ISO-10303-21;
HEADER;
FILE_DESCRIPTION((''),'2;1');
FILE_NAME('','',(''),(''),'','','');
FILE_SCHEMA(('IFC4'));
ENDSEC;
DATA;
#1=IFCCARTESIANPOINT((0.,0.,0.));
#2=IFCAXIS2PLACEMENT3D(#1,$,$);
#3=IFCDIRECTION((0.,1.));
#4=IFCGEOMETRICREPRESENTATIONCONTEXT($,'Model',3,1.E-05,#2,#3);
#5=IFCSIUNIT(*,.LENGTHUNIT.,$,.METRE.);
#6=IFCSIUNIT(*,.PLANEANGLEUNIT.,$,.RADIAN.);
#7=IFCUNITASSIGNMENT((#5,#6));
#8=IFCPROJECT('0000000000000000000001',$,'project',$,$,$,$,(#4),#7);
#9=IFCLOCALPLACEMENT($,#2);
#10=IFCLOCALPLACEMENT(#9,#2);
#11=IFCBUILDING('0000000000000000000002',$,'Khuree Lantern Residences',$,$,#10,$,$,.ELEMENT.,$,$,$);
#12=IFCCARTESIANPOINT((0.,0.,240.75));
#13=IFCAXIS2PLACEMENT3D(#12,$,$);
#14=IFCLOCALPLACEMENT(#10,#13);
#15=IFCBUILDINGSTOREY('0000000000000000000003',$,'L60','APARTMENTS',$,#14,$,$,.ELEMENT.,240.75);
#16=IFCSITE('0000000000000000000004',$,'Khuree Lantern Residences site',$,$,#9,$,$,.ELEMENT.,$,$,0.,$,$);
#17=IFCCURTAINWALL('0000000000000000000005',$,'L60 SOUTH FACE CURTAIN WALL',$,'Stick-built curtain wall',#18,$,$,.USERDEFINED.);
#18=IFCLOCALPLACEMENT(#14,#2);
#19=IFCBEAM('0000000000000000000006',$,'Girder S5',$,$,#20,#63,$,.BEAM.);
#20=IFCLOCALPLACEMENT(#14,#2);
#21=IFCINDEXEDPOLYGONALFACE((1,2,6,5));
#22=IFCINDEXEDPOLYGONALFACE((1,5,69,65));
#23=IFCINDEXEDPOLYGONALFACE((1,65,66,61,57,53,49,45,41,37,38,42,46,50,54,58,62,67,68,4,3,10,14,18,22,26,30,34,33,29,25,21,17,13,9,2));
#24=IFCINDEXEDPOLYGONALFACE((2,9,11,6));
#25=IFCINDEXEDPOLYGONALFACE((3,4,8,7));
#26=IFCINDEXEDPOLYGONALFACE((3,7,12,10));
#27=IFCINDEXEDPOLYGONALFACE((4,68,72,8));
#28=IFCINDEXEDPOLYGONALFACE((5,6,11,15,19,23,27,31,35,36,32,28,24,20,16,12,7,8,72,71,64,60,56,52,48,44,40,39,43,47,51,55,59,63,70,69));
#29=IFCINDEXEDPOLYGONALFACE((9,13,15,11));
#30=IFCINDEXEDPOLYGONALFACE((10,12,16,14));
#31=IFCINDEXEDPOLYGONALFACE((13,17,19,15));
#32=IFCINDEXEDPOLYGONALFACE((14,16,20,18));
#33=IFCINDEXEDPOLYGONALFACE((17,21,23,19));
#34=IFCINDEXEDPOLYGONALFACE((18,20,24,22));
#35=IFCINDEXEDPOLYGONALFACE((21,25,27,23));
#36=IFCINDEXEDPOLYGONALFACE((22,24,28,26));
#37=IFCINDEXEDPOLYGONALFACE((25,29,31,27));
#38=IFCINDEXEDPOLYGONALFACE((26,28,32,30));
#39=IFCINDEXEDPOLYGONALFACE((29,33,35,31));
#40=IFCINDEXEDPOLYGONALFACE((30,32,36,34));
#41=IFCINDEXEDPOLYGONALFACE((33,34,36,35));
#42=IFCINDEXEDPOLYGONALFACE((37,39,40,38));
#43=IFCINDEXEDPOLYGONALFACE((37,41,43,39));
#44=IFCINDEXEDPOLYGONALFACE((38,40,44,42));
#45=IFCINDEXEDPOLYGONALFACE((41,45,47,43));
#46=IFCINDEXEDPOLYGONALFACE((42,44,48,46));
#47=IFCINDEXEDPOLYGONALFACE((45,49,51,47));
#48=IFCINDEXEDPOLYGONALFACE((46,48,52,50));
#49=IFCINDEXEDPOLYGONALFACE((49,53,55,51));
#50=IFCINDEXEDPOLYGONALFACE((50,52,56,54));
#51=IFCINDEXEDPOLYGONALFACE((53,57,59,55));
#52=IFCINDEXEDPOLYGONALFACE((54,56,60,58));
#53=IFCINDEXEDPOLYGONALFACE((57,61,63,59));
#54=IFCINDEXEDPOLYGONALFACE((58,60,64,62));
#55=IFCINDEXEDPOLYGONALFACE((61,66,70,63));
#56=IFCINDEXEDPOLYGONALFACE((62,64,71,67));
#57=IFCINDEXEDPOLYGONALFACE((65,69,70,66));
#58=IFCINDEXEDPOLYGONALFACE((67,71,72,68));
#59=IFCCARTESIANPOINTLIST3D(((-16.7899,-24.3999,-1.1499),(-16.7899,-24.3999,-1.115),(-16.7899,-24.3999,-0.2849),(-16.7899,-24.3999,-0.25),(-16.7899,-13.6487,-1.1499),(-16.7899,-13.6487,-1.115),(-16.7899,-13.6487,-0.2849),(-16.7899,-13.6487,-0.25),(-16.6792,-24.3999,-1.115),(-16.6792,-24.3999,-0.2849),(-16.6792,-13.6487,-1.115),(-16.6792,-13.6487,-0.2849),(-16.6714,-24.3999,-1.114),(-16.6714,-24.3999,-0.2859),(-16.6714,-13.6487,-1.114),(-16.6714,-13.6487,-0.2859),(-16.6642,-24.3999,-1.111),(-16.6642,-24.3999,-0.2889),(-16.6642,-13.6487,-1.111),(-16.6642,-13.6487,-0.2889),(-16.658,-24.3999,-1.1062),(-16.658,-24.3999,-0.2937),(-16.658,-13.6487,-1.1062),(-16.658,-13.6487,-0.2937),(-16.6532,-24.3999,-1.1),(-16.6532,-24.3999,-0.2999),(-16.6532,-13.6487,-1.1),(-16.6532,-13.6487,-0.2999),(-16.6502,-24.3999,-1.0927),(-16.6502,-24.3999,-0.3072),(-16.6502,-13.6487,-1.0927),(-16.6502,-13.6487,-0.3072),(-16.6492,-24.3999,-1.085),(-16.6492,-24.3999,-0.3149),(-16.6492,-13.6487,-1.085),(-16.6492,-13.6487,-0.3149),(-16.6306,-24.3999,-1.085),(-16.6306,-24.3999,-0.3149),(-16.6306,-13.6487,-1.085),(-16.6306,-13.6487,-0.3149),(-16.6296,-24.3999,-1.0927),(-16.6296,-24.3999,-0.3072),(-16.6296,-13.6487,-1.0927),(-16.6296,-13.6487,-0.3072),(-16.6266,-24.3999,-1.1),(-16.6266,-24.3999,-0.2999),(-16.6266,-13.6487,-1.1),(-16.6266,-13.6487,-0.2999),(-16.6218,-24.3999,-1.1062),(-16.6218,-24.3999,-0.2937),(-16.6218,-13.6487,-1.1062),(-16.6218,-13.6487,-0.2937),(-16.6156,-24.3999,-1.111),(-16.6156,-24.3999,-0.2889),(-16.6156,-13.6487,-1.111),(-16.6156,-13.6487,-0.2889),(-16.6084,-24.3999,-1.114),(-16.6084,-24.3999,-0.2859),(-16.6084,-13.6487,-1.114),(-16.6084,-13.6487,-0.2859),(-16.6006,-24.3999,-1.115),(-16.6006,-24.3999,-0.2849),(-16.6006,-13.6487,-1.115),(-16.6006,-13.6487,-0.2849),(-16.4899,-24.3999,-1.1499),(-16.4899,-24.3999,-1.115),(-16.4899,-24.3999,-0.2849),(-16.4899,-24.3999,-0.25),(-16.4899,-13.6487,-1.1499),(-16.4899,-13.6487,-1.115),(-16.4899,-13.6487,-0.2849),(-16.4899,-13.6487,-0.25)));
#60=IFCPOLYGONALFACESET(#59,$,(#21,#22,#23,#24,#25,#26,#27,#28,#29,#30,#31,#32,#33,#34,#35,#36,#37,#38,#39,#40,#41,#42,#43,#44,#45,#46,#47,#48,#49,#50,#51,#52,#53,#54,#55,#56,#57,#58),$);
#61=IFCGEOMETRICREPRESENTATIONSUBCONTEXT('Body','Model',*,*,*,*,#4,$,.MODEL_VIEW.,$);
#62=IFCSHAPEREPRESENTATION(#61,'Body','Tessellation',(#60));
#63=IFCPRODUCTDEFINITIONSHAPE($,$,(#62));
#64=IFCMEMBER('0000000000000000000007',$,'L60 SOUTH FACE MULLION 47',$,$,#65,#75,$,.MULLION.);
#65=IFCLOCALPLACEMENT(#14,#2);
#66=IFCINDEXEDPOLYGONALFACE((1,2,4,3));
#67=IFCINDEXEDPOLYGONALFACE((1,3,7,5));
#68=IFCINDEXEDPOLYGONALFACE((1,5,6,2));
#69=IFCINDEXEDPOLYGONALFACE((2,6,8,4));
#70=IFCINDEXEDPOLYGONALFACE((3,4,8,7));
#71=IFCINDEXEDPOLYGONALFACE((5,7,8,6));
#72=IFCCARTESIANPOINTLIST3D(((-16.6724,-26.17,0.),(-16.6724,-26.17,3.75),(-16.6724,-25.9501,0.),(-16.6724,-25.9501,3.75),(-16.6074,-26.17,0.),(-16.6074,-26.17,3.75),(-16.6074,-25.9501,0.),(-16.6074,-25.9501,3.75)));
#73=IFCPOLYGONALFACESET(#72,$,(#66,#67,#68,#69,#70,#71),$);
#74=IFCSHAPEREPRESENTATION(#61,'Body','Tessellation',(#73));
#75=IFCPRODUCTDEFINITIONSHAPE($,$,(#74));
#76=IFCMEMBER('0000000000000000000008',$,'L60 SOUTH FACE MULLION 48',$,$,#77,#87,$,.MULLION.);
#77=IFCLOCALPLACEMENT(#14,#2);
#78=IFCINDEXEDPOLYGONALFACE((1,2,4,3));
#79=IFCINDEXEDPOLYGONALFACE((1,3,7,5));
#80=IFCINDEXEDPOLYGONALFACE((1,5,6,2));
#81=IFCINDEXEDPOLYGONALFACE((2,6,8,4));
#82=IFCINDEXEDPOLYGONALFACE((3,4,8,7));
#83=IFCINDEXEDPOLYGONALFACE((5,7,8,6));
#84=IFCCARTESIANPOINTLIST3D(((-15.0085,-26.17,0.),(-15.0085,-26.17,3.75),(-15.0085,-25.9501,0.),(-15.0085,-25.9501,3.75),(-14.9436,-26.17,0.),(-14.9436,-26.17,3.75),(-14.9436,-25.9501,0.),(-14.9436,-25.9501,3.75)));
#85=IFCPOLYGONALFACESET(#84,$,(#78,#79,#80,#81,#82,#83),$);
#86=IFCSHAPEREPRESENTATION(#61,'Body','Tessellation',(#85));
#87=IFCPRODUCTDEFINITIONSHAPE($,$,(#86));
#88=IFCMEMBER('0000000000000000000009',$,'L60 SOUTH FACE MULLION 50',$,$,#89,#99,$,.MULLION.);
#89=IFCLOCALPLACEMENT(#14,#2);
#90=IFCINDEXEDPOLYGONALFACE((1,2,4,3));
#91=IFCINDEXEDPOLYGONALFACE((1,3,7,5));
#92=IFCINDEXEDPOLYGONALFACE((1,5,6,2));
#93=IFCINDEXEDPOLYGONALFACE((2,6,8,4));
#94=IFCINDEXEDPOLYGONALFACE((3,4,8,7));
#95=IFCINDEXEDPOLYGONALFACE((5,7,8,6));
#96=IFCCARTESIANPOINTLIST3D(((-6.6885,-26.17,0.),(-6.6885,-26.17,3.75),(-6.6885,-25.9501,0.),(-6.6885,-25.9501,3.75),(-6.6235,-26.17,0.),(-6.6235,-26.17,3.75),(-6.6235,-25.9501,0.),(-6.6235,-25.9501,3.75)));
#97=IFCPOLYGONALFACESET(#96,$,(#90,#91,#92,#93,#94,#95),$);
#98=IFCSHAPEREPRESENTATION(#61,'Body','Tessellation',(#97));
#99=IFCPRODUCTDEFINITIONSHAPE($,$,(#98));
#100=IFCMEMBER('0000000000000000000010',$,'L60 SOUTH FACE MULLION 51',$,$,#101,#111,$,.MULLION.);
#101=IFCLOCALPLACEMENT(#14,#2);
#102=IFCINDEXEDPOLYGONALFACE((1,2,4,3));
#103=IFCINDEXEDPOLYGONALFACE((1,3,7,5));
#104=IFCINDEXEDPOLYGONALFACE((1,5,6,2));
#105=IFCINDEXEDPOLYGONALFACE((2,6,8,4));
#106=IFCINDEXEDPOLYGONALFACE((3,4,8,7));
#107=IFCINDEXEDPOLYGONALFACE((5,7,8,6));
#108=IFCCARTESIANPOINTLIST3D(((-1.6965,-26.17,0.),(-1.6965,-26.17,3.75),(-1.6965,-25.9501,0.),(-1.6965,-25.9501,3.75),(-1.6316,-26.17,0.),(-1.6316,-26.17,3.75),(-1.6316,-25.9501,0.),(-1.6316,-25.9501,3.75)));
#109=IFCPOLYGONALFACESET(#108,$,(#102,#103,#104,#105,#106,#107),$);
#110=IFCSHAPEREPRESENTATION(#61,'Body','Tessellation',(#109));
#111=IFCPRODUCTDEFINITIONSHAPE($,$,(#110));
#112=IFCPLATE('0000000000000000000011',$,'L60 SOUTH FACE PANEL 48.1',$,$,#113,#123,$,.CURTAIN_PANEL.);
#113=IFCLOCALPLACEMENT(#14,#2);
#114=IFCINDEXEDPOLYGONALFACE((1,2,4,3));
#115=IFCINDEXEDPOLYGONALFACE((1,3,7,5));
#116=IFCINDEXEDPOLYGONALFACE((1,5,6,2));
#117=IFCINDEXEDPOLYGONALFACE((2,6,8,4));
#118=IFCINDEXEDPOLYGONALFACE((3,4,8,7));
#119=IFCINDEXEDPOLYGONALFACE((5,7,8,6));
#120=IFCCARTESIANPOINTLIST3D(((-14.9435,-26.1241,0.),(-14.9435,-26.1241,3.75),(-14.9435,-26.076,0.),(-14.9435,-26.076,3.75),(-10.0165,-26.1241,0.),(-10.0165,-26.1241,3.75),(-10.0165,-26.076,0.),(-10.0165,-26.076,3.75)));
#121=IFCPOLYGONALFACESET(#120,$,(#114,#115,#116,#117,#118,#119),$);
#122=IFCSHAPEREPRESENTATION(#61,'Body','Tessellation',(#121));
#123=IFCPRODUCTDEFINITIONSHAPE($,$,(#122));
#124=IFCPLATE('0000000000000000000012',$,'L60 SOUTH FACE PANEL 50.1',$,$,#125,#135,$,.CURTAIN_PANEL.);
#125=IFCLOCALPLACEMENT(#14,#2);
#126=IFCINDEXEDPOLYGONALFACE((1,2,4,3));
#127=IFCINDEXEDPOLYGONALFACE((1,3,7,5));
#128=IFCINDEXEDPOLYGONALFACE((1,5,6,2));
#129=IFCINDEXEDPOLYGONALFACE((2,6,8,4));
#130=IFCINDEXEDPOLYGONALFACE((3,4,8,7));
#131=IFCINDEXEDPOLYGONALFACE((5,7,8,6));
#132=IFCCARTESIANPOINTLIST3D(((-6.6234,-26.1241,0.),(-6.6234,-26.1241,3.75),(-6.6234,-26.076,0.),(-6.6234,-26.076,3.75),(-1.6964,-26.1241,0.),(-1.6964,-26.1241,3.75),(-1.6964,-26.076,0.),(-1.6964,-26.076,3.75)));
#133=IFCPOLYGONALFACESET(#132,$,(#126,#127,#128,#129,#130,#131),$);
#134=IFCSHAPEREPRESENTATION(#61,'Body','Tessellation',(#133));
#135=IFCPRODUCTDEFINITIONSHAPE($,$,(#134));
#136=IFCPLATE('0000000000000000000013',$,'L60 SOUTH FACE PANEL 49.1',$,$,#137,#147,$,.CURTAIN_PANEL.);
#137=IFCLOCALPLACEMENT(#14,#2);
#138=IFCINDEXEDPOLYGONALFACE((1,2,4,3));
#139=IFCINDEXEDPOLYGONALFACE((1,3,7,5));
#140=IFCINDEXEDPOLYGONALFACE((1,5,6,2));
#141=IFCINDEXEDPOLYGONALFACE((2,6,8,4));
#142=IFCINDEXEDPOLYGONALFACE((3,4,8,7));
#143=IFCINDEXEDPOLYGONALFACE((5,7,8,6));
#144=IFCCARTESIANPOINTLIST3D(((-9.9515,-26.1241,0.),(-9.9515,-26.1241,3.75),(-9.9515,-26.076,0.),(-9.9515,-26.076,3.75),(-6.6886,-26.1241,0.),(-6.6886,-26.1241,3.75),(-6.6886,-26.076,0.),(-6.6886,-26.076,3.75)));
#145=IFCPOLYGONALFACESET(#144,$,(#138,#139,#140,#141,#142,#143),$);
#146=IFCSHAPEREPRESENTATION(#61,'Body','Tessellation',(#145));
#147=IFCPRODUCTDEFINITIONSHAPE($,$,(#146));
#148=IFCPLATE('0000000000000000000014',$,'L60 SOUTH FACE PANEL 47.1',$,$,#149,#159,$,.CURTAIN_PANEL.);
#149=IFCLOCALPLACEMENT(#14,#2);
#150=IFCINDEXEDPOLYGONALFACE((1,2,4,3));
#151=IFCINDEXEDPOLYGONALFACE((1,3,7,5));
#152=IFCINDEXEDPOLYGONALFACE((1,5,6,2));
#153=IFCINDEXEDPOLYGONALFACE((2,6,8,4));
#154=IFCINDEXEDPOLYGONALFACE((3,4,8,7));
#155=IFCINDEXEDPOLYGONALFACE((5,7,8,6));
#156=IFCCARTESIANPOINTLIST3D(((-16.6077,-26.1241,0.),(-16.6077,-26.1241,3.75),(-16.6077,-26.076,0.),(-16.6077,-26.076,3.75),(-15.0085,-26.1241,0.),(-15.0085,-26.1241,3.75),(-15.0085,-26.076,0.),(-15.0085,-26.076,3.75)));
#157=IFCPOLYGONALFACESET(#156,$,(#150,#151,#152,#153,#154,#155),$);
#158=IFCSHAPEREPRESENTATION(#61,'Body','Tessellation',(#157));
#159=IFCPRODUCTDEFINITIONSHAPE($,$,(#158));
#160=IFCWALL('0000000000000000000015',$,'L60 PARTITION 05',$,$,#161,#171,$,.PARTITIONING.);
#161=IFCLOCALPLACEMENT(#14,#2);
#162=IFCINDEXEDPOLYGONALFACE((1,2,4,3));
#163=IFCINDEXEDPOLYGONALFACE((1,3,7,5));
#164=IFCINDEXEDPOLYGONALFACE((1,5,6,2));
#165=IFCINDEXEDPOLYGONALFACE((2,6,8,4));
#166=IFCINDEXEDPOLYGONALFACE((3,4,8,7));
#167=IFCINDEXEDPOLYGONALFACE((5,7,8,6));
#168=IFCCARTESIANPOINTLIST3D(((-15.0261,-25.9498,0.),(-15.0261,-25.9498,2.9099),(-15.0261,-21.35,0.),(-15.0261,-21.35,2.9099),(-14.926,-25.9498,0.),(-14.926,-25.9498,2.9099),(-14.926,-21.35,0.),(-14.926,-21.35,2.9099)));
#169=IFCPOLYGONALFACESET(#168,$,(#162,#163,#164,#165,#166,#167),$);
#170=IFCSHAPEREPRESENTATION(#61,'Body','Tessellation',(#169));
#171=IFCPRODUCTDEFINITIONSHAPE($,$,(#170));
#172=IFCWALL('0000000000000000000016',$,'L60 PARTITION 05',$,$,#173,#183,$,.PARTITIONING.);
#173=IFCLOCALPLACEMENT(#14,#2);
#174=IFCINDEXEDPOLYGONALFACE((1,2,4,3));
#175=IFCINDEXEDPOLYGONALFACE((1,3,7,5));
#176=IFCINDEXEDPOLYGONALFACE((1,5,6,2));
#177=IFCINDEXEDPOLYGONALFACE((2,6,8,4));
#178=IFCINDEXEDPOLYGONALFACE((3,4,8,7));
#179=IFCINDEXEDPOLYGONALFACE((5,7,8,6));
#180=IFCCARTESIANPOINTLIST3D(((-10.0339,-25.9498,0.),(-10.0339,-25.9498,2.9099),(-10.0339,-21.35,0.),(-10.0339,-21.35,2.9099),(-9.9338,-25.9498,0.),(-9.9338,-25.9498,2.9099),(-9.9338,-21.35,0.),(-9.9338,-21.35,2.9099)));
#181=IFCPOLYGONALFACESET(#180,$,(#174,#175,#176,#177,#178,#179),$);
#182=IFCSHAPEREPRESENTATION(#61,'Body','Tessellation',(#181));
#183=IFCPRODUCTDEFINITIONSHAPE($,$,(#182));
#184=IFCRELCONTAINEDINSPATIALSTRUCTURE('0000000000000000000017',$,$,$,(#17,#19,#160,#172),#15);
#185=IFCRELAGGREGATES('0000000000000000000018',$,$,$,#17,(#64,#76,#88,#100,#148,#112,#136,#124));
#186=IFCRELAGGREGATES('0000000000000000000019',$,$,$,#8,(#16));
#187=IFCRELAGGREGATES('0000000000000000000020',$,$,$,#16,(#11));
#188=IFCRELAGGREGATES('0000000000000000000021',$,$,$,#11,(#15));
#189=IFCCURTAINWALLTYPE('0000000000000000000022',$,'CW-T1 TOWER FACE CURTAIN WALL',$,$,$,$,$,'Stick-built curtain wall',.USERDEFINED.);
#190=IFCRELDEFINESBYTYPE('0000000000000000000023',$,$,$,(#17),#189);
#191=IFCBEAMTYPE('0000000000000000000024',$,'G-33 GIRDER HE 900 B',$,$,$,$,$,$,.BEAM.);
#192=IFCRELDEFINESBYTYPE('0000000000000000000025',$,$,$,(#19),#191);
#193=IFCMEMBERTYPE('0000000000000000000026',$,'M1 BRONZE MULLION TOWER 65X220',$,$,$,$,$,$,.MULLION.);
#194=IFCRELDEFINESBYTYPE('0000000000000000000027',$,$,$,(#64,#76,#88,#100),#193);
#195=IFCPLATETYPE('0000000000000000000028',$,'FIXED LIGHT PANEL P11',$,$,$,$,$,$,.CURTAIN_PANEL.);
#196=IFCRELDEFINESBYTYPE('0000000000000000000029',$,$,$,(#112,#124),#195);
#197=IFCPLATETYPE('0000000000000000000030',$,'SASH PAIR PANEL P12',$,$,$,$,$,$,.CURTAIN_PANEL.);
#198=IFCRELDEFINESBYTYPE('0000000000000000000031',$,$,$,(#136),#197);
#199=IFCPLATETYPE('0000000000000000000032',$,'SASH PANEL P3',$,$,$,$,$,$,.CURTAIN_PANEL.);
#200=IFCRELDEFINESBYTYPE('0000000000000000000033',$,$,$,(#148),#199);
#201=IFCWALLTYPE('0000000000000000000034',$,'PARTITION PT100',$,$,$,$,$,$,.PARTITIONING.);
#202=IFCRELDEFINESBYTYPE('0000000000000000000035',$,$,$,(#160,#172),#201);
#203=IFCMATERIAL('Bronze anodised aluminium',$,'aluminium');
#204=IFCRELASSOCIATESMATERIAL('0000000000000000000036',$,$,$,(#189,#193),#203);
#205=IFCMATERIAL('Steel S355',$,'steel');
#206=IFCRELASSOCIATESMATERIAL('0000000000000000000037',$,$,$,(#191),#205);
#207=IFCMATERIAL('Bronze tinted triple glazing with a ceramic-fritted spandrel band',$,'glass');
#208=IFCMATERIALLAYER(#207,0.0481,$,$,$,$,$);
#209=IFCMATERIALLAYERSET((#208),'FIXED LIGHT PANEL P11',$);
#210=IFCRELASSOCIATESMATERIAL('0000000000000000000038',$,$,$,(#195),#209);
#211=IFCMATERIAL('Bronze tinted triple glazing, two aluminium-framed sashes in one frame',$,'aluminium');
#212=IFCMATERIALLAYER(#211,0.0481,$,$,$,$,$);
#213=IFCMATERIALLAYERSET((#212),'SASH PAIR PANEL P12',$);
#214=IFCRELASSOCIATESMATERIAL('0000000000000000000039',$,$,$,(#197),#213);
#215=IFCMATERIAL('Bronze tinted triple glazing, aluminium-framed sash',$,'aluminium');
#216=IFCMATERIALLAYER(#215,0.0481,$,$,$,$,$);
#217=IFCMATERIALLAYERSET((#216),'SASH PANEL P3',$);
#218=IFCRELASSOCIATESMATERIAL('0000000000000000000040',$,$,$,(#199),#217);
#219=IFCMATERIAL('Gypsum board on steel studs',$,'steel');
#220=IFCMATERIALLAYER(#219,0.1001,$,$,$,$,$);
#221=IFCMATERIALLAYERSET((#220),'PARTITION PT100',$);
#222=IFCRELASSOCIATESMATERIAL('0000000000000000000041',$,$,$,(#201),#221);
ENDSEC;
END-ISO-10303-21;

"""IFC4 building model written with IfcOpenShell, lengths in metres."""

from ifc_helpers import new_model, si_unit, direction, frame, frame_2d, origin, origin_2d, place, context, subcontext, project, spatial, rectangle, i_section, extrude, material, layer, layer_set, material_profile, profile_set, type_object, element, aggregate, save


model = new_model("IFC4")

# Units and contexts
model_context = context("Model", 3, precision=1e-05, world=origin(), true_north=direction((0.0, 1.0)))
body_context = subcontext(model_context, "Body", "Model", "MODEL_VIEW")
ifc_project = project(units=[si_unit("LENGTHUNIT", "METRE"), si_unit("PLANEANGLEUNIT", "RADIAN")], contexts=[model_context])

# Site, building, storey
site_placement = place(None, origin())
site = spatial("IfcSite", under=ifc_project, at=site_placement, Name="Khuree Lantern Residences site", CompositionType="ELEMENT", RefElevation=0.0)
building_placement = place(site_placement, origin())
building = spatial("IfcBuilding", under=site, at=building_placement, Name="Khuree Lantern Residences", CompositionType="ELEMENT")
storey_placement = place(building_placement, frame((0.0, 0.0, 240.75)))
storey = spatial("IfcBuildingStorey", under=building, at=storey_placement, Name="L60", Description="APARTMENTS", CompositionType="ELEMENT", Elevation=240.75)

# Shared definitions
ifc_material_1 = material(Name="Steel S355", Category="steel")

# Curtain wall
ifc_material_2 = material(Name="Bronze anodised aluminium", Category="aluminium")
curtain_wall_type = type_object("IfcCurtainWallType", Name="CW-T1 TOWER FACE CURTAIN WALL", ElementType="Stick-built curtain wall", PredefinedType="USERDEFINED", material=ifc_material_2)
curtain_wall_placement = place(storey_placement, origin())
curtain_wall = element("IfcCurtainWall", 1, at=curtain_wall_placement, inside=storey, type_object=curtain_wall_type, Name="L60 SOUTH FACE CURTAIN WALL", ObjectType="Stick-built curtain wall", PredefinedType="USERDEFINED")

# Beam
ifc_material_profile_1 = material_profile(ifc_material_1, i_section(OverallWidth=0.3, OverallDepth=0.8999, WebThickness=0.0186, FlangeThickness=0.0349, FilletRadius=0.03, at=origin_2d()), Name="HE 900 B")
ifc_profile_set_1 = profile_set([ifc_material_profile_1], Name="Steel S355")
beam_type_1 = type_object("IfcBeamType", Name="G-33 GIRDER HE 900 B", PredefinedType="BEAM", material=ifc_profile_set_1)
beam_1_placement = place(storey_placement, frame((-16.6399, -24.3999, -0.7), z_axis=(0.0, 1.0, 0.0), x_axis=(-1.0, 0.0, 0.0)))
element("IfcBeam", 2, at=beam_1_placement, inside=storey, type_object=beam_type_1, Name="Girder S5", PredefinedType="BEAM", context=body_context, shape_type="SweptSolid", body=[
    extrude(i_section(OverallWidth=0.3, OverallDepth=0.8999, WebThickness=0.0186, FlangeThickness=0.0349, FilletRadius=0.03, at=origin_2d()), origin(), (0.0, 0.0, 1.0), 10.7512),
])

# Members
ifc_material_profile_2 = material_profile(ifc_material_2, rectangle(XDim=0.0649, YDim=0.22, at=origin_2d()), Name="M1 65X220")
ifc_profile_set_2 = profile_set([ifc_material_profile_2], Name="Bronze anodised aluminium")
member_type_1 = type_object("IfcMemberType", Name="M1 BRONZE MULLION TOWER 65X220", PredefinedType="MULLION", material=ifc_profile_set_2)
member_1_placement = place(storey_placement, frame((-16.6399, -26.0601, 0.0), z_axis=(0.0, 0.0, 1.0), x_axis=(1.0, 0.0, 0.0)))
member_1 = element("IfcMember", 3, at=member_1_placement, type_object=member_type_1, Name="L60 SOUTH FACE MULLION 47", PredefinedType="MULLION", context=body_context, shape_type="SweptSolid", body=[
    extrude(rectangle(XDim=0.0649, YDim=0.22, at=origin_2d()), origin(), (0.0, 0.0, 1.0), 3.75),
])
member_2_placement = place(storey_placement, frame((-14.9761, -26.0601, 0.0), z_axis=(0.0, 0.0, 1.0), x_axis=(1.0, 0.0, 0.0)))
member_2 = element("IfcMember", 4, at=member_2_placement, type_object=member_type_1, Name="L60 SOUTH FACE MULLION 48", PredefinedType="MULLION", context=body_context, shape_type="SweptSolid", body=[
    extrude(rectangle(XDim=0.0649, YDim=0.22, at=origin_2d()), origin(), (0.0, 0.0, 1.0), 3.75),
])
member_3_placement = place(storey_placement, frame((-6.656, -26.0601, 0.0), z_axis=(0.0, 0.0, 1.0), x_axis=(1.0, 0.0, 0.0)))
member_3 = element("IfcMember", 5, at=member_3_placement, type_object=member_type_1, Name="L60 SOUTH FACE MULLION 50", PredefinedType="MULLION", context=body_context, shape_type="SweptSolid", body=[
    extrude(rectangle(XDim=0.0649, YDim=0.22, at=origin_2d()), origin(), (0.0, 0.0, 1.0), 3.75),
])
member_4_placement = place(storey_placement, frame((-1.6641, -26.0601, 0.0), z_axis=(0.0, 0.0, 1.0), x_axis=(1.0, 0.0, 0.0)))
member_4 = element("IfcMember", 6, at=member_4_placement, type_object=member_type_1, Name="L60 SOUTH FACE MULLION 51", PredefinedType="MULLION", context=body_context, shape_type="SweptSolid", body=[
    extrude(rectangle(XDim=0.0649, YDim=0.22, at=origin_2d()), origin(), (0.0, 0.0, 1.0), 3.75),
])

# Plates
ifc_material_3 = material(Name="Bronze tinted triple glazing with a ceramic-fritted spandrel band", Category="glass")
ifc_layer_1 = layer(ifc_material_3, 0.0481)
ifc_layer_set_1 = layer_set([ifc_layer_1], Name="FIXED LIGHT PANEL P11")
plate_type_1 = type_object("IfcPlateType", Name="FIXED LIGHT PANEL P11", PredefinedType="CURTAIN_PANEL", material=ifc_layer_set_1)
plate_1_placement = place(storey_placement, frame((-12.48, -26.1001, 0.0), z_axis=(0.0, 0.0, 1.0), x_axis=(1.0, 0.0, 0.0)))
plate_1 = element("IfcPlate", 7, at=plate_1_placement, type_object=plate_type_1, Name="L60 SOUTH FACE PANEL 48.1", PredefinedType="CURTAIN_PANEL", context=body_context, shape_type="SweptSolid", body=[
    extrude(rectangle(XDim=4.927, YDim=0.0481, at=origin_2d()), origin(), (0.0, 0.0, 1.0), 3.75),
])
plate_2_placement = place(storey_placement, frame((-4.1599, -26.1001, 0.0), z_axis=(0.0, 0.0, 1.0), x_axis=(1.0, 0.0, 0.0)))
plate_2 = element("IfcPlate", 8, at=plate_2_placement, type_object=plate_type_1, Name="L60 SOUTH FACE PANEL 50.1", PredefinedType="CURTAIN_PANEL", context=body_context, shape_type="SweptSolid", body=[
    extrude(rectangle(XDim=4.927, YDim=0.0481, at=origin_2d()), origin(), (0.0, 0.0, 1.0), 3.75),
])
ifc_material_4 = material(Name="Bronze tinted triple glazing, two aluminium-framed sashes in one frame", Category="aluminium")
ifc_layer_2 = layer(ifc_material_4, 0.0481)
ifc_layer_set_2 = layer_set([ifc_layer_2], Name="SASH PAIR PANEL P12")
plate_type_2 = type_object("IfcPlateType", Name="SASH PAIR PANEL P12", PredefinedType="CURTAIN_PANEL", material=ifc_layer_set_2)
plate_3_placement = place(storey_placement, frame((-8.3201, -26.1001, 0.0), z_axis=(0.0, 0.0, 1.0), x_axis=(1.0, 0.0, 0.0)))
plate_3 = element("IfcPlate", 9, at=plate_3_placement, type_object=plate_type_2, Name="L60 SOUTH FACE PANEL 49.1", PredefinedType="CURTAIN_PANEL", context=body_context, shape_type="SweptSolid", body=[
    extrude(rectangle(XDim=3.2629, YDim=0.0481, at=origin_2d()), origin(), (0.0, 0.0, 1.0), 3.75),
])
ifc_material_5 = material(Name="Bronze tinted triple glazing, aluminium-framed sash", Category="aluminium")
ifc_layer_3 = layer(ifc_material_5, 0.0481)
ifc_layer_set_3 = layer_set([ifc_layer_3], Name="SASH PANEL P3")
plate_type_3 = type_object("IfcPlateType", Name="SASH PANEL P3", PredefinedType="CURTAIN_PANEL", material=ifc_layer_set_3)
plate_4_placement = place(storey_placement, frame((-15.8081, -26.1001, 0.0), z_axis=(0.0, 0.0, 1.0), x_axis=(1.0, 0.0, 0.0)))
plate_4 = element("IfcPlate", 10, at=plate_4_placement, type_object=plate_type_3, Name="L60 SOUTH FACE PANEL 47.1", PredefinedType="CURTAIN_PANEL", context=body_context, shape_type="SweptSolid", body=[
    extrude(rectangle(XDim=1.5991, YDim=0.0481, at=origin_2d()), origin(), (0.0, 0.0, 1.0), 3.75),
])
aggregate(curtain_wall, [member_1, member_2, member_3, member_4, plate_4, plate_1, plate_3, plate_2])

# Walls
ifc_material_6 = material(Name="Gypsum board on steel studs", Category="steel")
ifc_layer_4 = layer(ifc_material_6, 0.1001)
ifc_layer_set_4 = layer_set([ifc_layer_4], Name="PARTITION PT100")
wall_type = type_object("IfcWallType", Name="PARTITION PT100", PredefinedType="PARTITIONING", material=ifc_layer_set_4)
for number, where, z_axis, x_axis, name in (
    (11, (-14.9761, -21.3501, 0.0), (0.0, 0.0, 1.0), (0.0, -1.0, 0.0), "L60 PARTITION 05"),
    (12, (-9.9839, -21.3501, 0.0), (0.0, 0.0, 1.0), (0.0, -1.0, 0.0), "L60 PARTITION 05"),
):
    element("IfcWall", number, at=place(storey_placement, frame(where, z_axis=z_axis, x_axis=x_axis)), inside=storey, type_object=wall_type, Name=name, PredefinedType="PARTITIONING", context=body_context, shape_type="SweptSolid", body=[
        extrude(rectangle(XDim=4.5999, YDim=0.1001, at=frame_2d((2.2998, 0.0))), origin(), (0.0, 0.0, 1.0), 2.9099),
    ])

save(model, "model.ifc")
